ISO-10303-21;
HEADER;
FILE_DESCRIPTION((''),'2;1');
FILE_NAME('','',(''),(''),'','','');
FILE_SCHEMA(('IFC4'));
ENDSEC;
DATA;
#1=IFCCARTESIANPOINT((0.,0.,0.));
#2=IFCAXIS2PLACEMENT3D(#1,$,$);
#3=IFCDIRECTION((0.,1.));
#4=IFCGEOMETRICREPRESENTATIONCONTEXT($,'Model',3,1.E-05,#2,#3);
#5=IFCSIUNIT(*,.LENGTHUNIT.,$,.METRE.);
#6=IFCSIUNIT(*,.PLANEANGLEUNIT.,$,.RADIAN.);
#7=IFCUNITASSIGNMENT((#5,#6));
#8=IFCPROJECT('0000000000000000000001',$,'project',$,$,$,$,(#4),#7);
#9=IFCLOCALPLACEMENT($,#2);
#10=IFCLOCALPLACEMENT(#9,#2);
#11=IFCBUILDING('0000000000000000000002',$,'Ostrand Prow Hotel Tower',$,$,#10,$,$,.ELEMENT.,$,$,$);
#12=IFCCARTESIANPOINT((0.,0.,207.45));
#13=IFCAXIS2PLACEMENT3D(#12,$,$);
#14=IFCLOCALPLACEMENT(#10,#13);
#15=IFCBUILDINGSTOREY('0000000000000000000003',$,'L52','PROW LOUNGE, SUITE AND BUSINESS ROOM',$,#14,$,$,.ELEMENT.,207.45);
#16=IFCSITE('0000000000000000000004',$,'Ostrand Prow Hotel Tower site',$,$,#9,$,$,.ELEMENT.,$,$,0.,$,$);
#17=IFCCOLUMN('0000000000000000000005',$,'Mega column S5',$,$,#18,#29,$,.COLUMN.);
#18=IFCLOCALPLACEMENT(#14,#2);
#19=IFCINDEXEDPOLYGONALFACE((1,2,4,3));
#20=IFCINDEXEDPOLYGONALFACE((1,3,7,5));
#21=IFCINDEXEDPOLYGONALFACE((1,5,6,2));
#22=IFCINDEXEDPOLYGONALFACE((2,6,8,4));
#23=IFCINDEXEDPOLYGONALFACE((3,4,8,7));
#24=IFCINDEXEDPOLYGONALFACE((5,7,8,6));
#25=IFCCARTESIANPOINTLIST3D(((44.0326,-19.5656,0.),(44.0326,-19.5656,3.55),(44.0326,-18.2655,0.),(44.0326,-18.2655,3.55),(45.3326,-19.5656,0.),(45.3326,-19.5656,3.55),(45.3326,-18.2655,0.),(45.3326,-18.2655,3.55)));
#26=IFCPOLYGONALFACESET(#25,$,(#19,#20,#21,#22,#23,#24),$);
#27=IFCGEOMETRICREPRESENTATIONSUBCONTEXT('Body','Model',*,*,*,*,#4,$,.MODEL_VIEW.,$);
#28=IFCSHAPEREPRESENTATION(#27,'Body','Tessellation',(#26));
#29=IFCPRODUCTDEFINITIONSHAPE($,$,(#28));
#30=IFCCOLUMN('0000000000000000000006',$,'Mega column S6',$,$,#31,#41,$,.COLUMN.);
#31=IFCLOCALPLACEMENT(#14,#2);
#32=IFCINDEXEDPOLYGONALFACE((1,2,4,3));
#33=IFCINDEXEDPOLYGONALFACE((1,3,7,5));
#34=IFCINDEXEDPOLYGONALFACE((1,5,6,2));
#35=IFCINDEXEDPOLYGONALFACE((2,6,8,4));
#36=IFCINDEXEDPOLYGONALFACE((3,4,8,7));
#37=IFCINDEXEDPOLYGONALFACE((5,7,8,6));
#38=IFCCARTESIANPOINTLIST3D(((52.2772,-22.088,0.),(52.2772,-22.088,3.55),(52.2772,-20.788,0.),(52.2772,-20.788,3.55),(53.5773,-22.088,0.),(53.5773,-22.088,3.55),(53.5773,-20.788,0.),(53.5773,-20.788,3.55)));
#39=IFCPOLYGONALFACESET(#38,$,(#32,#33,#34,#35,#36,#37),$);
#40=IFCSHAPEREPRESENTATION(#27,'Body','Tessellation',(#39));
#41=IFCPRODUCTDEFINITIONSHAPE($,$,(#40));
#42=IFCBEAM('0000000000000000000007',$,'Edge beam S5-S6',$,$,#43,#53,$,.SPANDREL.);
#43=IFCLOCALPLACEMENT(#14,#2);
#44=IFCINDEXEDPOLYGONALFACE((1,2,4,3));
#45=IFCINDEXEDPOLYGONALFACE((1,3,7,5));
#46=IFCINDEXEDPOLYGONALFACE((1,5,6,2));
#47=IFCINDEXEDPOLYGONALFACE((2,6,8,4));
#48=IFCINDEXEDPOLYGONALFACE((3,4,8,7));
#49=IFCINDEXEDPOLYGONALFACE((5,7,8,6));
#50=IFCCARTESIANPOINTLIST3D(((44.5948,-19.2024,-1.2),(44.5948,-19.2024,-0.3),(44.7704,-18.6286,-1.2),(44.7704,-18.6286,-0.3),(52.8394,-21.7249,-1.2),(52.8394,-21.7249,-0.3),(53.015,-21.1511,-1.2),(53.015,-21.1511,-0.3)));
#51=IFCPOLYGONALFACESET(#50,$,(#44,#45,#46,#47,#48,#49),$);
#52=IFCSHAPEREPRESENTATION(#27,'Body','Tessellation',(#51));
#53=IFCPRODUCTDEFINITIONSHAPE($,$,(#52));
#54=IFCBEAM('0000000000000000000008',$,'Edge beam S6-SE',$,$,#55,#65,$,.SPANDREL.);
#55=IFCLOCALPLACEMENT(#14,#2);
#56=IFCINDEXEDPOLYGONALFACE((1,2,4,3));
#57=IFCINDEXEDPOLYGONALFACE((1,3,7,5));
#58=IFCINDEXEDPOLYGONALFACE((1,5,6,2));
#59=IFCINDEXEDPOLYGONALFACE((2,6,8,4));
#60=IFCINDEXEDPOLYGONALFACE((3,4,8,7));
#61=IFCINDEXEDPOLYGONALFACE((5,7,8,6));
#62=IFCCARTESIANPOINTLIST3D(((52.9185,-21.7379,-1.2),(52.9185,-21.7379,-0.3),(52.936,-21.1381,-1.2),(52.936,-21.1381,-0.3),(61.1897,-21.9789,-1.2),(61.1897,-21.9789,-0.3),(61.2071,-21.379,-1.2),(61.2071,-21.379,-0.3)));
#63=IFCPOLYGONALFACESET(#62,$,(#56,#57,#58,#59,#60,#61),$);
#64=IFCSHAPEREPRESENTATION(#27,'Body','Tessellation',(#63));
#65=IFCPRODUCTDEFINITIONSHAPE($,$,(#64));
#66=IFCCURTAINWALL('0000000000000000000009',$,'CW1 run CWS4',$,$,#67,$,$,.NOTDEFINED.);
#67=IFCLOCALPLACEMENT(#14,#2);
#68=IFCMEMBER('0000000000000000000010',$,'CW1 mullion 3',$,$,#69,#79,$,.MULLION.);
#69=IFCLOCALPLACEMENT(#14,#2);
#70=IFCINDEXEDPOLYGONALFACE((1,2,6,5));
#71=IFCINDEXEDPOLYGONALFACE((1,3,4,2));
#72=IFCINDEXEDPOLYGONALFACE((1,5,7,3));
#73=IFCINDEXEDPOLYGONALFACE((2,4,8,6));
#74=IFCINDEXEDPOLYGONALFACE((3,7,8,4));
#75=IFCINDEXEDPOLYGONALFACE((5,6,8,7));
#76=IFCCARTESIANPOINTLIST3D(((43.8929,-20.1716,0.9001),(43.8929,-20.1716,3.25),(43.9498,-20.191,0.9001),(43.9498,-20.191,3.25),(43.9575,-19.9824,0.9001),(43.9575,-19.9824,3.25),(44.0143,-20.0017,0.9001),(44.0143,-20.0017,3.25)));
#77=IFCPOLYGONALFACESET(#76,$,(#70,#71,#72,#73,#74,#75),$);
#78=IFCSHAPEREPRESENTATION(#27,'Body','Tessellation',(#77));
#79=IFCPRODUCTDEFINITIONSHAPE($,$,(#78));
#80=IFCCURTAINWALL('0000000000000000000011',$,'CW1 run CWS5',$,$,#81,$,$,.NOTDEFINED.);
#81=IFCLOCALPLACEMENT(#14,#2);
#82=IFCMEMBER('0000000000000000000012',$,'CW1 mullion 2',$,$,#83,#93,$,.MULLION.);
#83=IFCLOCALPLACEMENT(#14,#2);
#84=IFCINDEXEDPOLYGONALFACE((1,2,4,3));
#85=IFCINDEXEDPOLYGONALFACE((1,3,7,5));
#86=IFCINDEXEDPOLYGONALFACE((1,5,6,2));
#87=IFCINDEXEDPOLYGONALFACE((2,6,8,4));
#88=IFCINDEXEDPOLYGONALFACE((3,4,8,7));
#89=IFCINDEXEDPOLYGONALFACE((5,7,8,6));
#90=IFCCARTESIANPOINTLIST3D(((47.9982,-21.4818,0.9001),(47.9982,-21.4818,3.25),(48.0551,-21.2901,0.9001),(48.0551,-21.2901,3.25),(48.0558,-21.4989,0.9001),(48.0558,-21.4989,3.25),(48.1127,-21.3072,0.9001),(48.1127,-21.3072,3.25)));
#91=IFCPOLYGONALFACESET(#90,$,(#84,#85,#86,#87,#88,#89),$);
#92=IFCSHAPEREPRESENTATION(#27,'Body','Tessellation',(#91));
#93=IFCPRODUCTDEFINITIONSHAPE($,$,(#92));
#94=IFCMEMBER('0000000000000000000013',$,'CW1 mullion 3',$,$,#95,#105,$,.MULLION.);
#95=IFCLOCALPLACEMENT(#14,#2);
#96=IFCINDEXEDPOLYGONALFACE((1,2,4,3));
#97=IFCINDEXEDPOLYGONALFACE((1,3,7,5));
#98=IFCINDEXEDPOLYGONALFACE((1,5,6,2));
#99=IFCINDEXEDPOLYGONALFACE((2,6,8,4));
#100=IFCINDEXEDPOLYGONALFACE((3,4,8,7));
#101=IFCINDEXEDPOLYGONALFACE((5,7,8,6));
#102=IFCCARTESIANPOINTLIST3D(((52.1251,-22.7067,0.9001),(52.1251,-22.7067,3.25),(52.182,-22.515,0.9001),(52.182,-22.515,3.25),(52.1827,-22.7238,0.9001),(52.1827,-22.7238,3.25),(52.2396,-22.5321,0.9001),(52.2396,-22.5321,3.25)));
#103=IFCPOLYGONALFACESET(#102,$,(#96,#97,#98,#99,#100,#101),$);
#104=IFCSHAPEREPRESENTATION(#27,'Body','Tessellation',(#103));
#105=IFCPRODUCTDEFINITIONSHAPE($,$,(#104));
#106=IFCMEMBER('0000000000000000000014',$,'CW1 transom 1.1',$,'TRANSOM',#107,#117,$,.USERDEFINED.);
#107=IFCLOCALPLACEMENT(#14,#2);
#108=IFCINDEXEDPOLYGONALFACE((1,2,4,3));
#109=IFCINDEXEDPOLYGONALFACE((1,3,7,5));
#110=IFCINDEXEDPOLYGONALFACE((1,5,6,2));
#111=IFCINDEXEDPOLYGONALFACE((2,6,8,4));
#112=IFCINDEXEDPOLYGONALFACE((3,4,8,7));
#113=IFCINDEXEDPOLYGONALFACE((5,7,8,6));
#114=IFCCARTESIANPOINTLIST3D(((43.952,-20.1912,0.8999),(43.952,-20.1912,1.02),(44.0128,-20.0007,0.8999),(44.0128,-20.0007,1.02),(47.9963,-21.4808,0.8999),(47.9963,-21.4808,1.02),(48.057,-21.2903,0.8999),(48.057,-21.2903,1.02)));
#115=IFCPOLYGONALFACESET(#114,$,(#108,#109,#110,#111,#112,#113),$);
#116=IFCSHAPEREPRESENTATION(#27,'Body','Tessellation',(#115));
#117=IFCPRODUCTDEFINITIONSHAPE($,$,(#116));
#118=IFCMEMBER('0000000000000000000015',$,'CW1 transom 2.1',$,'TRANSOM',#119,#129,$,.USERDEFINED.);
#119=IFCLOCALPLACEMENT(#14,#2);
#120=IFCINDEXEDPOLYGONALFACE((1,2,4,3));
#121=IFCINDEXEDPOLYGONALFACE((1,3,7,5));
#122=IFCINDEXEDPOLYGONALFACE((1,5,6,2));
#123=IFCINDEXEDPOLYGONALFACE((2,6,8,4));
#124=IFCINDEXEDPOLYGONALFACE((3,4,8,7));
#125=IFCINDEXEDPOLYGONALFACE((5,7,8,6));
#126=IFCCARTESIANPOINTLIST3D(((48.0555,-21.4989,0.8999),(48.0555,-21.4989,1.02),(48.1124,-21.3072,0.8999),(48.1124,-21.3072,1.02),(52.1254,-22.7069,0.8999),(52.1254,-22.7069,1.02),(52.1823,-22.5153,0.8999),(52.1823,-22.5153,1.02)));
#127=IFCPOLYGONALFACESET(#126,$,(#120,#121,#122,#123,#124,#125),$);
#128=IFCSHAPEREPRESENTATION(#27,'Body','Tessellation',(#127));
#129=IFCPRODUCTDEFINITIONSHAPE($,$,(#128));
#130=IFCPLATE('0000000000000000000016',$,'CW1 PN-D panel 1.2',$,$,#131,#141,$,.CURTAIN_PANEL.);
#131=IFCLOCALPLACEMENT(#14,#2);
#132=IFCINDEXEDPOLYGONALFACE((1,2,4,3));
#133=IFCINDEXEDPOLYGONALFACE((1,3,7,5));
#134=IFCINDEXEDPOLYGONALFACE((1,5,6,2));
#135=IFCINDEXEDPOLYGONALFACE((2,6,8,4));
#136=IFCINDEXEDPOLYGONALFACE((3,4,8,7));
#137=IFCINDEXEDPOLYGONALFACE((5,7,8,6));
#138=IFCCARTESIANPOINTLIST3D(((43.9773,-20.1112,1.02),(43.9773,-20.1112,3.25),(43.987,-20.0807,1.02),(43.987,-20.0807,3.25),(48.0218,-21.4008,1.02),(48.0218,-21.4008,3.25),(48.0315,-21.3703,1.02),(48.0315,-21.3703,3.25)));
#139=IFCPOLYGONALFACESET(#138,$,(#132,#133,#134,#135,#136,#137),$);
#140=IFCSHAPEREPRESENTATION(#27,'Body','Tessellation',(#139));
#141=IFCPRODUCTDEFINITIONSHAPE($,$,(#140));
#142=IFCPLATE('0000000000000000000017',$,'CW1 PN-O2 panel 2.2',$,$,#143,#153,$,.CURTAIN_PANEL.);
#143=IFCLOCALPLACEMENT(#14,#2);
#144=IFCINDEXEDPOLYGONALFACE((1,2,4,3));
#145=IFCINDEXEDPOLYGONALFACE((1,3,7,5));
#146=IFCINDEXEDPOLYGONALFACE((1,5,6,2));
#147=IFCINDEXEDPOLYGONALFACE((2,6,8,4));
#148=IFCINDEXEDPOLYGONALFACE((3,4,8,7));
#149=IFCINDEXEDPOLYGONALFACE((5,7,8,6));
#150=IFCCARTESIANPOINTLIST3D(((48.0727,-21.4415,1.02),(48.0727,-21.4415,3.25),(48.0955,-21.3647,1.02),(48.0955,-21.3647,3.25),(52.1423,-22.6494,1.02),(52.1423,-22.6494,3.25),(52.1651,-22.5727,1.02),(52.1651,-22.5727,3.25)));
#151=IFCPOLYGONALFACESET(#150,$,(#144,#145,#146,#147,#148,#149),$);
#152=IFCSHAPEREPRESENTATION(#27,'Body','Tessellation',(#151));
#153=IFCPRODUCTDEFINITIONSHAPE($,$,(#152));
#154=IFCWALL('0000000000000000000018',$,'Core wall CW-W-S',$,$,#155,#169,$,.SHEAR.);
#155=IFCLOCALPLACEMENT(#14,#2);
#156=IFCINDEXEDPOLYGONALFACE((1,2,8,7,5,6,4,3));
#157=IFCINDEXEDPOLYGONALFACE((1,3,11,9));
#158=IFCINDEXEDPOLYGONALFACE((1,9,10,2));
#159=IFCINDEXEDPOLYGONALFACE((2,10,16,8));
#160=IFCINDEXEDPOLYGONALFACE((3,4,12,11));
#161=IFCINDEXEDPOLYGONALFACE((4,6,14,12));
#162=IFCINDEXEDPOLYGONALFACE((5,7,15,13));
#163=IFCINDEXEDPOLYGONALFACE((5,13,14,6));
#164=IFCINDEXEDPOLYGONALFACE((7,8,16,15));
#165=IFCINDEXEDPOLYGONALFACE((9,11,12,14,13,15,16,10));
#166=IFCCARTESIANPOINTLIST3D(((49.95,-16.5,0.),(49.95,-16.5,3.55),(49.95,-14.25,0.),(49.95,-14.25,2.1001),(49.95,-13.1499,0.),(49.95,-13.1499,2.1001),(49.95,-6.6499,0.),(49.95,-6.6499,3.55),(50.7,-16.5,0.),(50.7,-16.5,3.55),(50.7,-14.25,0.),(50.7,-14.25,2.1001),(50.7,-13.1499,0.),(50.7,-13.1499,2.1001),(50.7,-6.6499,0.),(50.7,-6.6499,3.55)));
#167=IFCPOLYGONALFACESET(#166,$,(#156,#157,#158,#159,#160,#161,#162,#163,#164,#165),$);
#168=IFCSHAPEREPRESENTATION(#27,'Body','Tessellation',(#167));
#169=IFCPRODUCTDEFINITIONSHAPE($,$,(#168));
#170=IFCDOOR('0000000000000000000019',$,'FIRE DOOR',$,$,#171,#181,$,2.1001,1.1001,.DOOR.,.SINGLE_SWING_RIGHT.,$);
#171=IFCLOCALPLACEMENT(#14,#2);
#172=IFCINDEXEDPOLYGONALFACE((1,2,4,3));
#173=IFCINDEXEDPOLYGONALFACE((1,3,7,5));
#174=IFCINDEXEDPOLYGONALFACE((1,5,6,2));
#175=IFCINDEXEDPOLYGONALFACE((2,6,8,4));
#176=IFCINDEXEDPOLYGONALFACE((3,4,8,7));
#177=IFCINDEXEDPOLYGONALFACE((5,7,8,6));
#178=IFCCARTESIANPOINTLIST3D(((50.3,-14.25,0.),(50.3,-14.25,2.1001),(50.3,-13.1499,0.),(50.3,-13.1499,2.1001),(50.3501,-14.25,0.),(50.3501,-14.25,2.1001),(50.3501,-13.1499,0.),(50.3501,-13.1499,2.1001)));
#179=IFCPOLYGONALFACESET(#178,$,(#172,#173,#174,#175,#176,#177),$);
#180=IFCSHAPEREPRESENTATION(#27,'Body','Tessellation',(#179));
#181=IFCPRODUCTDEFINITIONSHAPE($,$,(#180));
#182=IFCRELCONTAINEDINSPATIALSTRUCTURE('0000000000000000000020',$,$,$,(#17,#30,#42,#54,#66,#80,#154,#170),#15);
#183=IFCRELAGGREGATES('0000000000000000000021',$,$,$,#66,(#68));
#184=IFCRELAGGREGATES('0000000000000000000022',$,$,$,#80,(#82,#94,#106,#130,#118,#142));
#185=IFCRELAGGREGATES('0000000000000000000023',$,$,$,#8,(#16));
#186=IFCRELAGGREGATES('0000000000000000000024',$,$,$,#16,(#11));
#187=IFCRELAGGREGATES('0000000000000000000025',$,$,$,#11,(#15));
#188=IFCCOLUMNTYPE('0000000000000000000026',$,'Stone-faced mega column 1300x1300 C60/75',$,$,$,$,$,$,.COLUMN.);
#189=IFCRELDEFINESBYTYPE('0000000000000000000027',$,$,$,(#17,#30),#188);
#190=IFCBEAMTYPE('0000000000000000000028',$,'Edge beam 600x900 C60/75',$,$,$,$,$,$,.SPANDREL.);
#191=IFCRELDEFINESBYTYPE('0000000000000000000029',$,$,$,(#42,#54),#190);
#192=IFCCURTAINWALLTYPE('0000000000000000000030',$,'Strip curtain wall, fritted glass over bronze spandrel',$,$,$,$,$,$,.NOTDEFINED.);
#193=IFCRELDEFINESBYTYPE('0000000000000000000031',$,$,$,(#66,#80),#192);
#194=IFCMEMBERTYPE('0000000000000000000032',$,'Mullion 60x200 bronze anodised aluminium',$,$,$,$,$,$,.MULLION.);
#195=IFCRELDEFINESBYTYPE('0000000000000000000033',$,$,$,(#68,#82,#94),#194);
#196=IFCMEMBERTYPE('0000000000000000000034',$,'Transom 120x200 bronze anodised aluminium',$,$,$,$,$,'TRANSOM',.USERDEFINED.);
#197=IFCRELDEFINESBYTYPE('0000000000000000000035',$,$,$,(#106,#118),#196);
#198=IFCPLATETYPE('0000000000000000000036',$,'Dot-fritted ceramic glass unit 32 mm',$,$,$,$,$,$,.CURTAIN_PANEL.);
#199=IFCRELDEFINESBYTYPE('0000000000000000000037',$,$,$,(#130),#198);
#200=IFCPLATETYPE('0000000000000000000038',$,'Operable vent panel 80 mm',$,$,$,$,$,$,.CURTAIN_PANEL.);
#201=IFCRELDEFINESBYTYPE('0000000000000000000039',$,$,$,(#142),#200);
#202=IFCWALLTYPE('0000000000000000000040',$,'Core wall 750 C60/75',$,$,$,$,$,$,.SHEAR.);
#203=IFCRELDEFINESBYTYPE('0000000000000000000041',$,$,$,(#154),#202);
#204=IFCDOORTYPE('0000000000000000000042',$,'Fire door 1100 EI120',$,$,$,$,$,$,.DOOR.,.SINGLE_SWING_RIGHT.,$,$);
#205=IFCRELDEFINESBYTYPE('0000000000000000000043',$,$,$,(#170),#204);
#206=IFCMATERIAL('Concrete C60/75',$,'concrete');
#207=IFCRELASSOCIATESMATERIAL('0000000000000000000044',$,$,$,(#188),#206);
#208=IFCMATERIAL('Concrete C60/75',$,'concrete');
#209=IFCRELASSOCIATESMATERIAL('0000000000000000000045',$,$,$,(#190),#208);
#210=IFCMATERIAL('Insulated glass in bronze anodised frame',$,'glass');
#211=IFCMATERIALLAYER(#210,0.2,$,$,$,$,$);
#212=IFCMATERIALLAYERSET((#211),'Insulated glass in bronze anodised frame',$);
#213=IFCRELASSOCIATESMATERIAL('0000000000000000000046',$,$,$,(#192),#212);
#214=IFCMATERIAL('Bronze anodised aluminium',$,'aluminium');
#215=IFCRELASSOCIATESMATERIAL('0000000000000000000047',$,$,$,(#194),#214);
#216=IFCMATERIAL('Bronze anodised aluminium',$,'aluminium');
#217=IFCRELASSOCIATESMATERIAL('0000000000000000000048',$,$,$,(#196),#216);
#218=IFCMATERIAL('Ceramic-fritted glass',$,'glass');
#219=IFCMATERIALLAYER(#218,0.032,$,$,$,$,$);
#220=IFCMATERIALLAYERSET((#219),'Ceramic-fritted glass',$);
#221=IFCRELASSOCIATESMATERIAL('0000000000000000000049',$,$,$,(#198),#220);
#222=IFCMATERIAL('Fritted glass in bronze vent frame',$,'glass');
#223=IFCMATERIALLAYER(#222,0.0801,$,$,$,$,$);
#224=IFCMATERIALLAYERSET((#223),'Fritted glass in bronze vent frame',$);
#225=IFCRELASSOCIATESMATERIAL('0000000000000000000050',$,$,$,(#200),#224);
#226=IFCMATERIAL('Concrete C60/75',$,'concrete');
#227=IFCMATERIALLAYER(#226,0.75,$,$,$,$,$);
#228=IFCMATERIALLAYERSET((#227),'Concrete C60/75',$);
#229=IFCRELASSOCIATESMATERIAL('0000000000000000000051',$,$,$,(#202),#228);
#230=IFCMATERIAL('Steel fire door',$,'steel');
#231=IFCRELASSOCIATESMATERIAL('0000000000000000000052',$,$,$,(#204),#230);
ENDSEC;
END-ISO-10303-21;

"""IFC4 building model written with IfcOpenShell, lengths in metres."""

from ifc_helpers import new_model, si_unit, direction, frame, frame_2d, origin, origin_2d, place, context, subcontext, project, spatial, rectangle, extrude, material, layer, layer_set, material_profile, profile_set, type_object, element, fill, aggregate, save


model = new_model("IFC4")

# Units and contexts
model_context = context("Model", 3, precision=1e-05, world=origin(), true_north=direction((0.0, 1.0)))
body_context = subcontext(model_context, "Body", "Model", "MODEL_VIEW")
ifc_project = project(units=[si_unit("LENGTHUNIT", "METRE"), si_unit("PLANEANGLEUNIT", "RADIAN")], contexts=[model_context])

# Site, building, storey
site_placement = place(None, origin())
site = spatial("IfcSite", under=ifc_project, at=site_placement, Name="Ostrand Prow Hotel Tower site", CompositionType="ELEMENT", RefElevation=0.0)
building_placement = place(site_placement, origin())
building = spatial("IfcBuilding", under=site, at=building_placement, Name="Ostrand Prow Hotel Tower", CompositionType="ELEMENT")
storey_placement = place(building_placement, frame((0.0, 0.0, 207.45)))
storey = spatial("IfcBuildingStorey", under=building, at=storey_placement, Name="L52", Description="PROW LOUNGE, SUITE AND BUSINESS ROOM", CompositionType="ELEMENT", Elevation=207.45)

# Columns
ifc_material_1 = material(Name="Concrete C60/75", Category="concrete")
ifc_material_profile_1 = material_profile(ifc_material_1, rectangle(XDim=1.3, YDim=1.3, at=origin_2d()), Name="RC 1300x1300")
ifc_profile_set_1 = profile_set([ifc_material_profile_1], Name="Concrete C60/75")
column_type = type_object("IfcColumnType", Name="Stone-faced mega column 1300x1300 C60/75", PredefinedType="COLUMN", material=ifc_profile_set_1)
for number, where, z_axis, x_axis, name in (
    (1, (44.6826, -18.9155, 0.0), (0.0, 0.0, 1.0), (1.0, 0.0, 0.0), "Mega column S5"),
    (2, (52.9272, -21.438, 0.0), (0.0, 0.0, 1.0), (1.0, 0.0, 0.0), "Mega column S6"),
):
    element("IfcColumn", number, at=place(storey_placement, frame(where, z_axis=z_axis, x_axis=x_axis)), inside=storey, type_object=column_type, Name=name, PredefinedType="COLUMN", context=body_context, shape_type="SweptSolid", body=[
        extrude(rectangle(XDim=1.3, YDim=1.3, at=origin_2d()), origin(), (0.0, 0.0, 1.0), 3.55),
    ])

# Beams
ifc_material_2 = material(Name="Concrete C60/75", Category="concrete")
ifc_material_profile_2 = material_profile(ifc_material_2, rectangle(XDim=0.6001, YDim=0.8999, at=origin_2d()), Name="RC 600x900")
ifc_profile_set_2 = profile_set([ifc_material_profile_2], Name="Concrete C60/75")
beam_type = type_object("IfcBeamType", Name="Edge beam 600x900 C60/75", PredefinedType="SPANDREL", material=ifc_profile_set_2)
beam_1_placement = place(storey_placement, frame((44.6826, -18.9155, -0.75), z_axis=(0.956246, -0.292565, 0.0), x_axis=(0.292565, 0.956246, 0.0)))
element("IfcBeam", 3, at=beam_1_placement, inside=storey, type_object=beam_type, Name="Edge beam S5-S6", PredefinedType="SPANDREL", context=body_context, shape_type="SweptSolid", body=[
    extrude(rectangle(XDim=0.6001, YDim=0.8999, at=origin_2d()), origin(), (0.0, 0.0, 1.0), 8.6218),
])
beam_2_placement = place(storey_placement, frame((52.9272, -21.438, -0.75), z_axis=(0.999576, -0.029121, 0.0), x_axis=(0.029121, 0.999576, 0.0)))
element("IfcBeam", 4, at=beam_2_placement, inside=storey, type_object=beam_type, Name="Edge beam S6-SE", PredefinedType="SPANDREL", context=body_context, shape_type="SweptSolid", body=[
    extrude(rectangle(XDim=0.6001, YDim=0.8999, at=origin_2d()), origin(), (0.0, 0.0, 1.0), 8.2747),
])

# Curtain wall, member
ifc_material_3 = material(Name="Insulated glass in bronze anodised frame", Category="glass")
ifc_layer_1 = layer(ifc_material_3, 0.2)
ifc_layer_set_1 = layer_set([ifc_layer_1], Name="Insulated glass in bronze anodised frame")
curtain_wall_type = type_object("IfcCurtainWallType", Name="Strip curtain wall, fritted glass over bronze spandrel", PredefinedType="NOTDEFINED", material=ifc_layer_set_1)
curtain_wall_1_placement = place(storey_placement, origin())
curtain_wall_1 = element("IfcCurtainWall", 5, at=curtain_wall_1_placement, inside=storey, type_object=curtain_wall_type, Name="CW1 run CWS4", PredefinedType="NOTDEFINED")
ifc_material_4 = material(Name="Bronze anodised aluminium", Category="aluminium")
ifc_material_profile_3 = material_profile(ifc_material_4, rectangle(XDim=0.2, YDim=0.0601, at=origin_2d()), Name="Mullion 60x200 bronze anodised aluminium")
ifc_profile_set_3 = profile_set([ifc_material_profile_3], Name="Bronze anodised aluminium")
member_type_1 = type_object("IfcMemberType", Name="Mullion 60x200 bronze anodised aluminium", PredefinedType="MULLION", material=ifc_profile_set_3)
member_1_placement = place(storey_placement, frame((43.9536, -20.0867, 0.9001), z_axis=(0.0, 0.0, 1.0), x_axis=(0.322908, 0.94643, 0.0)))
member_1 = element("IfcMember", 6, at=member_1_placement, type_object=member_type_1, Name="CW1 mullion 3", PredefinedType="MULLION", context=body_context, shape_type="SweptSolid", body=[
    extrude(rectangle(XDim=0.2, YDim=0.0601, at=origin_2d()), origin(), (0.0, 0.0, 1.0), 2.3499),
])
aggregate(curtain_wall_1, [member_1])

# Curtain wall, members, plates
curtain_wall_2_placement = place(storey_placement, origin())
curtain_wall_2 = element("IfcCurtainWall", 7, at=curtain_wall_2_placement, inside=storey, type_object=curtain_wall_type, Name="CW1 run CWS5", PredefinedType="NOTDEFINED")
member_2_placement = place(storey_placement, frame((48.0554, -21.3945, 0.9001), z_axis=(0.0, 0.0, 1.0), x_axis=(0.284544, 0.958663, 0.0)))
member_2 = element("IfcMember", 8, at=member_2_placement, type_object=member_type_1, Name="CW1 mullion 2", PredefinedType="MULLION", context=body_context, shape_type="SweptSolid", body=[
    extrude(rectangle(XDim=0.2, YDim=0.0601, at=origin_2d()), origin(), (0.0, 0.0, 1.0), 2.3499),
])
member_3_placement = place(storey_placement, frame((52.1824, -22.6194, 0.9001), z_axis=(0.0, 0.0, 1.0), x_axis=(0.284544, 0.958663, 0.0)))
member_3 = element("IfcMember", 9, at=member_3_placement, type_object=member_type_1, Name="CW1 mullion 3", PredefinedType="MULLION", context=body_context, shape_type="SweptSolid", body=[
    extrude(rectangle(XDim=0.2, YDim=0.0601, at=origin_2d()), origin(), (0.0, 0.0, 1.0), 2.3499),
])
ifc_material_5 = material(Name="Bronze anodised aluminium", Category="aluminium")
ifc_material_profile_4 = material_profile(ifc_material_5, rectangle(XDim=0.2, YDim=0.1201, at=origin_2d()), Name="Transom 120x200 bronze anodised aluminium")
ifc_profile_set_4 = profile_set([ifc_material_profile_4], Name="Bronze anodised aluminium")
member_type_2 = type_object("IfcMemberType", Name="Transom 120x200 bronze anodised aluminium", ElementType="TRANSOM", PredefinedType="USERDEFINED", material=ifc_profile_set_4)
member_4_placement = place(storey_placement, frame((43.9824, -20.0959, 0.96), z_axis=(0.952738, -0.303795, 0.0), x_axis=(0.303795, 0.952738, 0.0)))
member_4 = element("IfcMember", 10, at=member_4_placement, type_object=member_type_2, Name="CW1 transom 1.1", ObjectType="TRANSOM", PredefinedType="USERDEFINED", context=body_context, shape_type="SweptSolid", body=[
    extrude(rectangle(XDim=0.2, YDim=0.1201, at=origin_2d()), origin(), (0.0, 0.0, 1.0), 4.2449),
])
member_5_placement = place(storey_placement, frame((48.084, -21.4031, 0.96), z_axis=(0.958661, -0.28455, 0.0), x_axis=(0.28455, 0.958661, 0.0)))
member_5 = element("IfcMember", 11, at=member_5_placement, type_object=member_type_2, Name="CW1 transom 2.1", ObjectType="TRANSOM", PredefinedType="USERDEFINED", context=body_context, shape_type="SweptSolid", body=[
    extrude(rectangle(XDim=0.2, YDim=0.1201, at=origin_2d()), origin(), (0.0, 0.0, 1.0), 4.2454),
])
ifc_material_6 = material(Name="Ceramic-fritted glass", Category="glass")
ifc_layer_2 = layer(ifc_material_6, 0.032)
ifc_layer_set_2 = layer_set([ifc_layer_2], Name="Ceramic-fritted glass")
plate_type_1 = type_object("IfcPlateType", Name="Dot-fritted ceramic glass unit 32 mm", PredefinedType="CURTAIN_PANEL", material=ifc_layer_set_2)
plate_1_placement = place(storey_placement, frame((46.0044, -20.7407, 1.02), z_axis=(0.0, 0.0, 1.0), x_axis=(0.95274, -0.303787, 0.0)))
plate_1 = element("IfcPlate", 12, at=plate_1_placement, type_object=plate_type_1, Name="CW1 PN-D panel 1.2", PredefinedType="CURTAIN_PANEL", context=body_context, shape_type="SweptSolid", body=[
    extrude(rectangle(XDim=4.2451, YDim=0.032, at=origin_2d()), origin(), (0.0, 0.0, 1.0), 2.23),
])
ifc_material_7 = material(Name="Fritted glass in bronze vent frame", Category="glass")
ifc_layer_3 = layer(ifc_material_7, 0.0801)
ifc_layer_set_3 = layer_set([ifc_layer_3], Name="Fritted glass in bronze vent frame")
plate_type_2 = type_object("IfcPlateType", Name="Operable vent panel 80 mm", PredefinedType="CURTAIN_PANEL", material=ifc_layer_set_3)
plate_2_placement = place(storey_placement, frame((50.1189, -22.0071, 1.02), z_axis=(0.0, 0.0, 1.0), x_axis=(0.958663, -0.284544, 0.0)))
plate_2 = element("IfcPlate", 13, at=plate_2_placement, type_object=plate_type_2, Name="CW1 PN-O2 panel 2.2", PredefinedType="CURTAIN_PANEL", context=body_context, shape_type="SweptSolid", body=[
    extrude(rectangle(XDim=4.2451, YDim=0.0801, at=origin_2d()), origin(), (0.0, 0.0, 1.0), 2.23),
])
aggregate(curtain_wall_2, [member_2, member_3, member_4, plate_1, member_5, plate_2])

# Wall, opening, door
ifc_material_8 = material(Name="Concrete C60/75", Category="concrete")
ifc_layer_4 = layer(ifc_material_8, 0.75)
ifc_layer_set_4 = layer_set([ifc_layer_4], Name="Concrete C60/75")
wall_type_1 = type_object("IfcWallType", Name="Core wall 750 C60/75", PredefinedType="SHEAR", material=ifc_layer_set_4)
wall_1_placement = place(storey_placement, frame((50.325, -16.5, 0.0), z_axis=(0.0, 0.0, 1.0), x_axis=(0.0, 1.0, 0.0)))
wall_1 = element("IfcWall", 14, at=wall_1_placement, inside=storey, type_object=wall_type_1, Name="Core wall CW-W-S", PredefinedType="SHEAR", context=body_context, shape_type="SweptSolid", body=[
    extrude(rectangle(XDim=9.8501, YDim=0.75, at=frame_2d((4.925, 0.0))), origin(), (0.0, 0.0, 1.0), 3.55),
])
opening_1_placement = place(wall_1_placement, frame((2.25, 0.0, 0.0)))
opening_1 = element("IfcOpeningElement", 15, at=opening_1_placement, cuts=wall_1, PredefinedType="OPENING", context=body_context, shape_type="SweptSolid", body=[
    extrude(rectangle(XDim=1.1001, YDim=2.1001, at=frame_2d((0.55, 1.05))), frame((0.0, 0.385, 0.0), z_axis=(0.0, -1.0, 0.0), x_axis=(1.0, 0.0, 0.0)), (0.0, 0.0, 1.0), 0.77),
])
ifc_material_9 = material(Name="Steel fire door", Category="steel")
door_type_1 = type_object("IfcDoorType", Name="Fire door 1100 EI120", OperationType="SINGLE_SWING_RIGHT", PredefinedType="DOOR", material=ifc_material_9)
door_1_placement = place(opening_1_placement, origin())
door_1 = element("IfcDoor", 16, at=door_1_placement, inside=storey, type_object=door_type_1, Name="FIRE DOOR", OperationType="SINGLE_SWING_RIGHT", OverallHeight=2.1001, OverallWidth=1.1001, PredefinedType="DOOR", context=body_context, shape_type="SweptSolid", body=[
    extrude(rectangle(XDim=1.1001, YDim=2.1001, at=frame_2d((0.55, 1.05))), frame((0.0, 0.0249, 0.0), z_axis=(0.0, -1.0, 0.0), x_axis=(1.0, 0.0, 0.0)), (0.0, 0.0, 1.0), 0.05),
])
fill(opening_1, door_1)

save(model, "model.ifc")
